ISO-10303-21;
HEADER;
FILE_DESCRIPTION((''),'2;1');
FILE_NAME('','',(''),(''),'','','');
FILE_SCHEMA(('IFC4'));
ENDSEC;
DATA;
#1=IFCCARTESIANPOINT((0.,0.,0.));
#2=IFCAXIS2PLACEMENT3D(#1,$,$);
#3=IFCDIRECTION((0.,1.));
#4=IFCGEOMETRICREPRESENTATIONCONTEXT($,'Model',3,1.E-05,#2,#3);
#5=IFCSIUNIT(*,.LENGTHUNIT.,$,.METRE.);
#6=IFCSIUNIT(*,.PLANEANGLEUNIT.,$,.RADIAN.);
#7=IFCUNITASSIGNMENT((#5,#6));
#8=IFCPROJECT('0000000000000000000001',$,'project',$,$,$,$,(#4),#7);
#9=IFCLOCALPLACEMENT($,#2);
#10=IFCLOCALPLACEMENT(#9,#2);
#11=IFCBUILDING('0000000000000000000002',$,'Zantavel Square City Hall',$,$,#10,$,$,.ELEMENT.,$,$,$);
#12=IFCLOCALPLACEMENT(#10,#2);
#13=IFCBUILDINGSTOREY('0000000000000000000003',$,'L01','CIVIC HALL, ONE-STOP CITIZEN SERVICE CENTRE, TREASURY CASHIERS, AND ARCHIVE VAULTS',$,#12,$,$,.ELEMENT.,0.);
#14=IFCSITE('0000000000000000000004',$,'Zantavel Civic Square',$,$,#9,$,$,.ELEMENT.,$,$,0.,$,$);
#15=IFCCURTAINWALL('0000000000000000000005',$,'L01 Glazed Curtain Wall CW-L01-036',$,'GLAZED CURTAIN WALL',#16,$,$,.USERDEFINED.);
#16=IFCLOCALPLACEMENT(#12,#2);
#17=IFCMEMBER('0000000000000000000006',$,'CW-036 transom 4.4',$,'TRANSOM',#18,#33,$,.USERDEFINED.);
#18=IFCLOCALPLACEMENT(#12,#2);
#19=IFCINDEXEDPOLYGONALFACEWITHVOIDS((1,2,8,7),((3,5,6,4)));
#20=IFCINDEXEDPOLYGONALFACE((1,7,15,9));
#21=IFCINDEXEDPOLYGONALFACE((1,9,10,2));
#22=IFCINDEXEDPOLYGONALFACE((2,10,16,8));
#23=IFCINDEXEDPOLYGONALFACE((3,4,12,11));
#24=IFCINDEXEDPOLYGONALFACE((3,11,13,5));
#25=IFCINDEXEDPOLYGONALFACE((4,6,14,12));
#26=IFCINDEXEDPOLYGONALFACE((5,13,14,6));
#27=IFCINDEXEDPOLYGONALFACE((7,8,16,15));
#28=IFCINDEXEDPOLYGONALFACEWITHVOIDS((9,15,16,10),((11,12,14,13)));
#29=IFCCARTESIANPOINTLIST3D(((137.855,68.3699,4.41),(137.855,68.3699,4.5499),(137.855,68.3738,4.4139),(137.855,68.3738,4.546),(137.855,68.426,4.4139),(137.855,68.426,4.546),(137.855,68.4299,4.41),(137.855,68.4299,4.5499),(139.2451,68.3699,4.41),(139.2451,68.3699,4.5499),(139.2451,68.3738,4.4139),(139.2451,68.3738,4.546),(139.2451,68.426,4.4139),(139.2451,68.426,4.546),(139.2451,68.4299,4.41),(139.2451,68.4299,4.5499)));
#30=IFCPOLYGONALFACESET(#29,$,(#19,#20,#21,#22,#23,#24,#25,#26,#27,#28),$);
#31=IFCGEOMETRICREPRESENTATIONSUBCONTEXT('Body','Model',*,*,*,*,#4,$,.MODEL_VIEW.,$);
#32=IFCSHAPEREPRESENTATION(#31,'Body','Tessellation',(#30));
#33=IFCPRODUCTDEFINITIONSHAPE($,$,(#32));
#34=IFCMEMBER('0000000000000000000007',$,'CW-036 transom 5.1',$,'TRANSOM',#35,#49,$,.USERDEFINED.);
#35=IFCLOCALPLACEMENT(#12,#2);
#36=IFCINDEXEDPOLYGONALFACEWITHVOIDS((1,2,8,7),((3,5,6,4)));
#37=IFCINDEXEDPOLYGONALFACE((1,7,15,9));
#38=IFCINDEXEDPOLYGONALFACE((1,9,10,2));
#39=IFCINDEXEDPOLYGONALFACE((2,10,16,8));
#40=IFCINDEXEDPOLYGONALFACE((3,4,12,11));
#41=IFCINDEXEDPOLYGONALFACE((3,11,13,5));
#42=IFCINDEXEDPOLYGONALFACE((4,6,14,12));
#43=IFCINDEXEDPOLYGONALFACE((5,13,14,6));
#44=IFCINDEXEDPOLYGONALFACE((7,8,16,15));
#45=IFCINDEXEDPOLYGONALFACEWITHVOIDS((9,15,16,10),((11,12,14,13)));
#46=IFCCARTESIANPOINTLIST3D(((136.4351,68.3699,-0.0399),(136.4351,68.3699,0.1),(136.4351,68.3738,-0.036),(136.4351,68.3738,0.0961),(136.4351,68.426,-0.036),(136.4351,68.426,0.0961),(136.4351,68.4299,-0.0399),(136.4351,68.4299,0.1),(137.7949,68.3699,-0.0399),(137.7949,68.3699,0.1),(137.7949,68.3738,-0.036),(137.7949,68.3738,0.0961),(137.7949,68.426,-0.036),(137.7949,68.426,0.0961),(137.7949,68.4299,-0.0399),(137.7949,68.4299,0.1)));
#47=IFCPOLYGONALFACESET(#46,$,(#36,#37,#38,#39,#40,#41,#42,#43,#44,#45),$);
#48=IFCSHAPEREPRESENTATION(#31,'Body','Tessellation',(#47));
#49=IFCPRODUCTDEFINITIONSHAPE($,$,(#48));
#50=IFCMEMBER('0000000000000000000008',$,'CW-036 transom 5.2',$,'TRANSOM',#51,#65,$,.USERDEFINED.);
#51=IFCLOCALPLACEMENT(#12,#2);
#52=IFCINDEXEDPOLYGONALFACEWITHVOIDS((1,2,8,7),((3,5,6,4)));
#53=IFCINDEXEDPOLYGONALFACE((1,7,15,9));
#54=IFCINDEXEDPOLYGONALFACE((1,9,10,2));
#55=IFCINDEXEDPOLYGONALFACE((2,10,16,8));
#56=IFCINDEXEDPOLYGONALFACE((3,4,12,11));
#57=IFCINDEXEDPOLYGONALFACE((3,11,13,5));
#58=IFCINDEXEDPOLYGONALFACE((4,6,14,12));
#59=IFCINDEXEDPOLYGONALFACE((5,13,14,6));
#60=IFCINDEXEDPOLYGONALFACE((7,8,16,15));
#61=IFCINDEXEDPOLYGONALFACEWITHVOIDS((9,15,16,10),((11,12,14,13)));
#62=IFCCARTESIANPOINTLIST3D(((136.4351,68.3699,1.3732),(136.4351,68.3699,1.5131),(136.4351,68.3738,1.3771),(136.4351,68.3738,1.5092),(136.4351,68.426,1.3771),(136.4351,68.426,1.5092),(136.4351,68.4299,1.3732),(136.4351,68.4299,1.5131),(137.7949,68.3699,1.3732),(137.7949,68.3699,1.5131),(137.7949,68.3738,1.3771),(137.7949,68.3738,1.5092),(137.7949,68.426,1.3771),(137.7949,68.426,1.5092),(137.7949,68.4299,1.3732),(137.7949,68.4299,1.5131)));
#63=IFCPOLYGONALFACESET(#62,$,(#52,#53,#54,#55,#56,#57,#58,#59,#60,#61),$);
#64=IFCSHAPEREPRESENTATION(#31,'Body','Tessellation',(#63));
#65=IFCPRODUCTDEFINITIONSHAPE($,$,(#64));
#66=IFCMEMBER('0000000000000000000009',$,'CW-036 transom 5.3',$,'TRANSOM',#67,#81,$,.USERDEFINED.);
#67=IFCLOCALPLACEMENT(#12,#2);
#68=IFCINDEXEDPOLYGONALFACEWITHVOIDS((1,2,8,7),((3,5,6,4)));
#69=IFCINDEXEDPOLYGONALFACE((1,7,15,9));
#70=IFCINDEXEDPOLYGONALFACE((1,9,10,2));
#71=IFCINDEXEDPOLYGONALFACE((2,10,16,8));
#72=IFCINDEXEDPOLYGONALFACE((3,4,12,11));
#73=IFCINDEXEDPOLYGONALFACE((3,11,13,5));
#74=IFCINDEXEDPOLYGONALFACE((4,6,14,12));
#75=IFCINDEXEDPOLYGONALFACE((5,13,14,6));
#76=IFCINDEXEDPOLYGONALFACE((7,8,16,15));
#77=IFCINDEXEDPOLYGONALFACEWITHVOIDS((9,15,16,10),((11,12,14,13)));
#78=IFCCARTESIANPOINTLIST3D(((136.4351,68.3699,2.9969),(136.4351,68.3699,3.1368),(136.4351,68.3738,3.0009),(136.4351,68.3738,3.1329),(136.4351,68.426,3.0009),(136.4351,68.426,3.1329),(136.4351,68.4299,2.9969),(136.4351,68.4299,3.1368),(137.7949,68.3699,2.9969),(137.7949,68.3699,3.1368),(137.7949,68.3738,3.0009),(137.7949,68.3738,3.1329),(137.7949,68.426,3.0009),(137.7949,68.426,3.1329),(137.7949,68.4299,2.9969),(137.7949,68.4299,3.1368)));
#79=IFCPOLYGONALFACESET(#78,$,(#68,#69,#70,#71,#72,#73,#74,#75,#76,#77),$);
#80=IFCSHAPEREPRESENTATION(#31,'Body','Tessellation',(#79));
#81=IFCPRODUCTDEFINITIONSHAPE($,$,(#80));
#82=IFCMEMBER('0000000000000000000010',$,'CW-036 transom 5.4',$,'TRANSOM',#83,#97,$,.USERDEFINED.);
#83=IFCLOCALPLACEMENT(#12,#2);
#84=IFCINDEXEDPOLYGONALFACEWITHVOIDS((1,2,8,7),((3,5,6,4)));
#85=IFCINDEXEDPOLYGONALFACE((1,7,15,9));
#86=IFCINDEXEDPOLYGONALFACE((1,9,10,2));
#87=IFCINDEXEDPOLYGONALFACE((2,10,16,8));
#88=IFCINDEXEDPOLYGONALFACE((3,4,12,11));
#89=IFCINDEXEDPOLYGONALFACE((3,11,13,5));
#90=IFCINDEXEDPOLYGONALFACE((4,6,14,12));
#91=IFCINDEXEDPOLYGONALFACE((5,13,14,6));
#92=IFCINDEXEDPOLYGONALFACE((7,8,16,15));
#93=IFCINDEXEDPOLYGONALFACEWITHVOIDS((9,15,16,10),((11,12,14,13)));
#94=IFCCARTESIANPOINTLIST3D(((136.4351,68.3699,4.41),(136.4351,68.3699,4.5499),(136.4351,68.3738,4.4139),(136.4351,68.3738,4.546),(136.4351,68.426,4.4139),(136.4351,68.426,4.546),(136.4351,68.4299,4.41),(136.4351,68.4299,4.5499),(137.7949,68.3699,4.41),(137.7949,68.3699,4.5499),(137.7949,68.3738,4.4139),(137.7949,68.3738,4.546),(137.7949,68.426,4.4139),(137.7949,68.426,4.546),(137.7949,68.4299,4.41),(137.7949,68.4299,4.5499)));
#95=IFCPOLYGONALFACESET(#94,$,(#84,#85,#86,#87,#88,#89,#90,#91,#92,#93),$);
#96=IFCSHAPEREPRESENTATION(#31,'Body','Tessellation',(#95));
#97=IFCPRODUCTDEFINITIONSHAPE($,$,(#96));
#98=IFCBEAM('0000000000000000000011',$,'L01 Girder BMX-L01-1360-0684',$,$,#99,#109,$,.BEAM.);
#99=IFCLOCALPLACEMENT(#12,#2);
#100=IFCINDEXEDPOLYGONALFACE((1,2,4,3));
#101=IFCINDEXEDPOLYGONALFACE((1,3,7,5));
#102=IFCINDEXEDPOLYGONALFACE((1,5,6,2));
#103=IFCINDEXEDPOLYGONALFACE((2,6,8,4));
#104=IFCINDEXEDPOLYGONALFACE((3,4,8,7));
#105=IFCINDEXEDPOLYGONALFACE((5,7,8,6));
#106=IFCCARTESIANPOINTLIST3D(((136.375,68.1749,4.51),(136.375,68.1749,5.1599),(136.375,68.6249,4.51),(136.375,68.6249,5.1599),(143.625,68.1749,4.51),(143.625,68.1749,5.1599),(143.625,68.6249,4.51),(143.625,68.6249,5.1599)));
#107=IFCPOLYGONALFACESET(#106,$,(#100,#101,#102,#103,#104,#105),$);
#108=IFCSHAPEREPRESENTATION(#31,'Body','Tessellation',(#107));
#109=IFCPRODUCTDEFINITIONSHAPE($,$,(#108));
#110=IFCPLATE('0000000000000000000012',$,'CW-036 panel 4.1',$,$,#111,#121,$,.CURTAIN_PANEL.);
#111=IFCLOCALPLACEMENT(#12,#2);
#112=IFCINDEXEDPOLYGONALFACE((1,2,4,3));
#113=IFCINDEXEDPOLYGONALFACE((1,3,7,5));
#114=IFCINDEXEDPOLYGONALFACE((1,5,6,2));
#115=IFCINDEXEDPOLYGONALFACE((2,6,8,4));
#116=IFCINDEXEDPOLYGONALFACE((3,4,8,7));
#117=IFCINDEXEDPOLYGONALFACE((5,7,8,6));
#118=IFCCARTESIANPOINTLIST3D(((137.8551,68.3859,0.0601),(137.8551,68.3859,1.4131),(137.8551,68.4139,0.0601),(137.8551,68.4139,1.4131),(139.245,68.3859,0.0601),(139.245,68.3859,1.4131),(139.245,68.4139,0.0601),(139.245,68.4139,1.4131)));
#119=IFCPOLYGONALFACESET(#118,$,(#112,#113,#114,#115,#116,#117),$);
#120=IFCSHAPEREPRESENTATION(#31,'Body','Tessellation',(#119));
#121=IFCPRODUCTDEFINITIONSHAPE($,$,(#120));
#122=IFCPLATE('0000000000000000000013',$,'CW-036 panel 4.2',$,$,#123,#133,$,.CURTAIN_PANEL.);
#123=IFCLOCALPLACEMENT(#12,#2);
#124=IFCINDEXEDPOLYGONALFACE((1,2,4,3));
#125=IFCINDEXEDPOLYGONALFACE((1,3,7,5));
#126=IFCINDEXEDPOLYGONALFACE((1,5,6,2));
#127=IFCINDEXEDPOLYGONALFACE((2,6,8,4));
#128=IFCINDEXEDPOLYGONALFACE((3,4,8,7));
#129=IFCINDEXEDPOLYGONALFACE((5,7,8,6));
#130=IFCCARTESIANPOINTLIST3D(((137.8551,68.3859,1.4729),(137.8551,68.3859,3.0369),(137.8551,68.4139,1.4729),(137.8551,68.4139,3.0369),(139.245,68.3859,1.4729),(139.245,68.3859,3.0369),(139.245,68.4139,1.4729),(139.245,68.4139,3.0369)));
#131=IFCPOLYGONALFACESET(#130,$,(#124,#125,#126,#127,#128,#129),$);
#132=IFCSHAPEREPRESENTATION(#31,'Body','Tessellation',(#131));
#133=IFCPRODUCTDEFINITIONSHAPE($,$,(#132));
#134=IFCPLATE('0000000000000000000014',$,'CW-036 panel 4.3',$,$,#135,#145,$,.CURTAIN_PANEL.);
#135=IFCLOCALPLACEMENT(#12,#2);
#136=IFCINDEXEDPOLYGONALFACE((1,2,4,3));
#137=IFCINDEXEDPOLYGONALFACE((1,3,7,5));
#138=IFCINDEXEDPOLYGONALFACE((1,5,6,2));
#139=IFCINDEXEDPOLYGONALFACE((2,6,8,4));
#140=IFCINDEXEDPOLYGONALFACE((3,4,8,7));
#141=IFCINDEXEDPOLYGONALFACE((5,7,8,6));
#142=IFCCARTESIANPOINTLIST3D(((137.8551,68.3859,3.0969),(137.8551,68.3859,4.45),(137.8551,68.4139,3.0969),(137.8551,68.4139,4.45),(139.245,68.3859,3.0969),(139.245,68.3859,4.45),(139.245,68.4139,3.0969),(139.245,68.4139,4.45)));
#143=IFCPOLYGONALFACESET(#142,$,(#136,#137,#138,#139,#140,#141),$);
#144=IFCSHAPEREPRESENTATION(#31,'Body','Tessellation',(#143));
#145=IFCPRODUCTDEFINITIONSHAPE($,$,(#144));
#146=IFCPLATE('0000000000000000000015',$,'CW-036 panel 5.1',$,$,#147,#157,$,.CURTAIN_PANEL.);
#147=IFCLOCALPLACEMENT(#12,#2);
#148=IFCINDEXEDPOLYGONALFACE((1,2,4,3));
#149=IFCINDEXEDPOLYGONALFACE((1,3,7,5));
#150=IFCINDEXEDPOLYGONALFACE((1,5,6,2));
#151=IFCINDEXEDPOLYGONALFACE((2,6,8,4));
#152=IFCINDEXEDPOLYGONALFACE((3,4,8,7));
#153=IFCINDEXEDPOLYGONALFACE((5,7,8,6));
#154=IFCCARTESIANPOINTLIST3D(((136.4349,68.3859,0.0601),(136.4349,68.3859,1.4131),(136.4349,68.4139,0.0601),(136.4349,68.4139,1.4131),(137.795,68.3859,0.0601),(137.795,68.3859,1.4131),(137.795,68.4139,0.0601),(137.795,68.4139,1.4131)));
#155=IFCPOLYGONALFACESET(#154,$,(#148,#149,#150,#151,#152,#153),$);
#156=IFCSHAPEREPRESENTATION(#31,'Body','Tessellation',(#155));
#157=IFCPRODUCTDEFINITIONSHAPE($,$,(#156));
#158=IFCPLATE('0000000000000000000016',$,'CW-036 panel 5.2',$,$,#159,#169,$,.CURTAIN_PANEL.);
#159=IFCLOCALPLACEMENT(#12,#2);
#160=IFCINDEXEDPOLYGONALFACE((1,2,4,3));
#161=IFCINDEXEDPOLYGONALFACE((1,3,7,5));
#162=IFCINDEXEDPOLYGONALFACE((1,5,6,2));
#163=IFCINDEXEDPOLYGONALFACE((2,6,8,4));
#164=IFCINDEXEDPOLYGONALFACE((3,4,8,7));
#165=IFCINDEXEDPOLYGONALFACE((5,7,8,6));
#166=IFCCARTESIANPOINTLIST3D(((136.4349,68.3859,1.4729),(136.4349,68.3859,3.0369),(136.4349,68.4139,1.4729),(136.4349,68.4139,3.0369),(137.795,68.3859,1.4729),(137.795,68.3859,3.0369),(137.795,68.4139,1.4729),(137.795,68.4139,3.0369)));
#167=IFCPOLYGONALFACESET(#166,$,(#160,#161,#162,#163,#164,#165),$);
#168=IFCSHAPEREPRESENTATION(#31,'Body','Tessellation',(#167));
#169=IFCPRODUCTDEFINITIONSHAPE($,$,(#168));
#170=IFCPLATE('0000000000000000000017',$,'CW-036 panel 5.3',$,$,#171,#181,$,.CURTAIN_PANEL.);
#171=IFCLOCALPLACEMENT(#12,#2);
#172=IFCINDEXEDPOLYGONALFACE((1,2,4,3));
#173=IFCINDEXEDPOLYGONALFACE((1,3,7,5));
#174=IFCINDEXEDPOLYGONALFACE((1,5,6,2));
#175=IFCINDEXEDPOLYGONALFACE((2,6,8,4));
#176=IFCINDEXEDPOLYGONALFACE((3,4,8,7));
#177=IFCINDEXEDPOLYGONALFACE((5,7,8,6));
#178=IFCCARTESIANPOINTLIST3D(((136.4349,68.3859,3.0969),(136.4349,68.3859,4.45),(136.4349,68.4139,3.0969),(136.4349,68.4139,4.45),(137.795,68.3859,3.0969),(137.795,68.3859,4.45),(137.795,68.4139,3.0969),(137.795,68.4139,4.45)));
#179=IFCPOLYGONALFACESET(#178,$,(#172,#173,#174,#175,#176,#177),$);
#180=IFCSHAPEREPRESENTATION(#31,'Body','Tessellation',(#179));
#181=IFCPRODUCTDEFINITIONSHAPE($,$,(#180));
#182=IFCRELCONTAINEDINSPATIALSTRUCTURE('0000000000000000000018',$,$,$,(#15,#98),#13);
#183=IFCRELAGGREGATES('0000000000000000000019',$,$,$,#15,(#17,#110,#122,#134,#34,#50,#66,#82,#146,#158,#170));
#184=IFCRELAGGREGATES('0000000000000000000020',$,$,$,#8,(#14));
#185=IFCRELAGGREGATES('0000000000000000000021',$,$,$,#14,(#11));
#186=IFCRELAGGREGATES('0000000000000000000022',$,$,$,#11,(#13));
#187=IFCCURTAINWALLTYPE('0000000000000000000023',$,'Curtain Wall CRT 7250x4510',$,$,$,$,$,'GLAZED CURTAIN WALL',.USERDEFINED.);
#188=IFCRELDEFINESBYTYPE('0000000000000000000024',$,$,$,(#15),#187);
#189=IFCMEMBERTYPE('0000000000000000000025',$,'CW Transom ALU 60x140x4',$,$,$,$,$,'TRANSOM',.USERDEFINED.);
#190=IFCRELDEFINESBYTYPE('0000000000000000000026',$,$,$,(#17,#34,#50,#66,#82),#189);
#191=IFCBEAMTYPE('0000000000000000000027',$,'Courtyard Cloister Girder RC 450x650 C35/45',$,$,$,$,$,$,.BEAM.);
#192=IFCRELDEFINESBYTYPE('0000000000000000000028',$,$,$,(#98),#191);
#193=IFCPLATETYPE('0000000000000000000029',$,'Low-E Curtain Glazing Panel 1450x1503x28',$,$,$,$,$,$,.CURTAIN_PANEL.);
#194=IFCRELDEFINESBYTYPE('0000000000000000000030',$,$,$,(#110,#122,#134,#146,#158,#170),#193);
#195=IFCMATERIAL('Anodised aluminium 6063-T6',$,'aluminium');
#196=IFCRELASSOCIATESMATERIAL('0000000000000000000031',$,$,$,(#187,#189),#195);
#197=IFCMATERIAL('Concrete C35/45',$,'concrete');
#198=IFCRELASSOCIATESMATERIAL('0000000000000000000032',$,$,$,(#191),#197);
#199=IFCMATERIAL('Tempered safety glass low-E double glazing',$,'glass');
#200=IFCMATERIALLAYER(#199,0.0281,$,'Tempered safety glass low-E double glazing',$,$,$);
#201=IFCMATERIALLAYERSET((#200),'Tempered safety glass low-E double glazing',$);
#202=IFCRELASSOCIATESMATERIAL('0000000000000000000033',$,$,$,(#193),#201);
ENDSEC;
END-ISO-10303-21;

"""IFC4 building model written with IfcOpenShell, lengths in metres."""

from ifc_helpers import new_model, si_unit, direction, frame, origin, origin_2d, place, context, subcontext, project, spatial, rectangle, hollow_rectangle, extrude, material, layer, layer_set, material_profile, profile_set, type_object, element, aggregate, save


model = new_model("IFC4")

# Units and contexts
model_context = context("Model", 3, precision=1e-05, world=origin(), true_north=direction((0.0, 1.0)))
body_context = subcontext(model_context, "Body", "Model", "MODEL_VIEW")
ifc_project = project(units=[si_unit("LENGTHUNIT", "METRE"), si_unit("PLANEANGLEUNIT", "RADIAN")], contexts=[model_context])

# Site, building, storey
site_placement = place(None, origin())
site = spatial("IfcSite", under=ifc_project, at=site_placement, Name="Zantavel Civic Square", CompositionType="ELEMENT", RefElevation=0.0)
building_placement = place(site_placement, origin())
building = spatial("IfcBuilding", under=site, at=building_placement, Name="Zantavel Square City Hall", CompositionType="ELEMENT")
storey_placement = place(building_placement, origin())
storey = spatial("IfcBuildingStorey", under=building, at=storey_placement, Name="L01", Description="CIVIC HALL, ONE-STOP CITIZEN SERVICE CENTRE, TREASURY CASHIERS, AND ARCHIVE VAULTS", CompositionType="ELEMENT", Elevation=0.0)

# Shared definitions
ifc_material_1 = material(Name="Anodised aluminium 6063-T6", Category="aluminium")
curtain_wall_type = type_object("IfcCurtainWallType", Name="Curtain Wall CRT 7250x4510", ElementType="GLAZED CURTAIN WALL", PredefinedType="USERDEFINED", material=ifc_material_1)

# Curtain wall, members
curtain_wall_1_placement = place(storey_placement, origin())
curtain_wall_1 = element("IfcCurtainWall", 1, at=curtain_wall_1_placement, inside=storey, type_object=curtain_wall_type, Name="L01 Glazed Curtain Wall CW-L01-036", ObjectType="GLAZED CURTAIN WALL", PredefinedType="USERDEFINED")
ifc_material_profile_1 = material_profile(ifc_material_1, hollow_rectangle(XDim=0.0601, YDim=0.1399, WallThickness=0.0039, at=origin_2d()), Name="ALU 60x140x4")
ifc_profile_set_1 = profile_set([ifc_material_profile_1], Name="Anodised aluminium 6063-T6")
member_type_1 = type_object("IfcMemberType", Name="CW Transom ALU 60x140x4", ElementType="TRANSOM", PredefinedType="USERDEFINED", material=ifc_profile_set_1)
member_1_placement = place(storey_placement, frame((139.2451, 68.3999, 4.48), z_axis=(-1.0, 0.0, 0.0), x_axis=(0.0, -1.0, 0.0)))
member_1 = element("IfcMember", 2, at=member_1_placement, type_object=member_type_1, Name="CW-036 transom 4.4", ObjectType="TRANSOM", PredefinedType="USERDEFINED", context=body_context, shape_type="SweptSolid", body=[
    extrude(hollow_rectangle(XDim=0.0601, YDim=0.1399, WallThickness=0.0039, at=origin_2d()), origin(), (0.0, 0.0, 1.0), 1.3901),
])
member_2_placement = place(storey_placement, frame((137.7949, 68.3999, 0.03), z_axis=(-1.0, 0.0, 0.0), x_axis=(0.0, -1.0, 0.0)))
member_2 = element("IfcMember", 3, at=member_2_placement, type_object=member_type_1, Name="CW-036 transom 5.1", ObjectType="TRANSOM", PredefinedType="USERDEFINED", context=body_context, shape_type="SweptSolid", body=[
    extrude(hollow_rectangle(XDim=0.0601, YDim=0.1399, WallThickness=0.0039, at=origin_2d()), origin(), (0.0, 0.0, 1.0), 1.3599),
])
member_3_placement = place(storey_placement, frame((137.7949, 68.3999, 1.4431), z_axis=(-1.0, 0.0, 0.0), x_axis=(0.0, -1.0, 0.0)))
member_3 = element("IfcMember", 4, at=member_3_placement, type_object=member_type_1, Name="CW-036 transom 5.2", ObjectType="TRANSOM", PredefinedType="USERDEFINED", context=body_context, shape_type="SweptSolid", body=[
    extrude(hollow_rectangle(XDim=0.0601, YDim=0.1399, WallThickness=0.0039, at=origin_2d()), origin(), (0.0, 0.0, 1.0), 1.3599),
])
member_4_placement = place(storey_placement, frame((137.7949, 68.3999, 3.0669), z_axis=(-1.0, 0.0, 0.0), x_axis=(0.0, -1.0, 0.0)))
member_4 = element("IfcMember", 5, at=member_4_placement, type_object=member_type_1, Name="CW-036 transom 5.3", ObjectType="TRANSOM", PredefinedType="USERDEFINED", context=body_context, shape_type="SweptSolid", body=[
    extrude(hollow_rectangle(XDim=0.0601, YDim=0.1399, WallThickness=0.0039, at=origin_2d()), origin(), (0.0, 0.0, 1.0), 1.3599),
])
member_5_placement = place(storey_placement, frame((137.7949, 68.3999, 4.48), z_axis=(-1.0, 0.0, 0.0), x_axis=(0.0, -1.0, 0.0)))
member_5 = element("IfcMember", 6, at=member_5_placement, type_object=member_type_1, Name="CW-036 transom 5.4", ObjectType="TRANSOM", PredefinedType="USERDEFINED", context=body_context, shape_type="SweptSolid", body=[
    extrude(hollow_rectangle(XDim=0.0601, YDim=0.1399, WallThickness=0.0039, at=origin_2d()), origin(), (0.0, 0.0, 1.0), 1.3599),
])

# Beam
ifc_material_2 = material(Name="Concrete C35/45", Category="concrete")
ifc_material_profile_2 = material_profile(ifc_material_2, rectangle(XDim=0.45, YDim=0.6499, at=origin_2d()), Name="RC 450x650")
ifc_profile_set_2 = profile_set([ifc_material_profile_2], Name="Concrete C35/45")
beam_type = type_object("IfcBeamType", Name="Courtyard Cloister Girder RC 450x650 C35/45", PredefinedType="BEAM", material=ifc_profile_set_2)
beam_placement = place(storey_placement, frame((136.375, 68.3999, 4.835), z_axis=(1.0, 0.0, 0.0), x_axis=(0.0, 1.0, 0.0)))
element("IfcBeam", 7, at=beam_placement, inside=storey, type_object=beam_type, Name="L01 Girder BMX-L01-1360-0684", PredefinedType="BEAM", context=body_context, shape_type="SweptSolid", body=[
    extrude(rectangle(XDim=0.45, YDim=0.6499, at=origin_2d()), origin(), (0.0, 0.0, 1.0), 7.25),
])

# Plates
ifc_material_3 = material(Name="Tempered safety glass low-E double glazing", Category="glass")
ifc_layer = layer(ifc_material_3, 0.0281, Name="Tempered safety glass low-E double glazing")
ifc_layer_set = layer_set([ifc_layer], Name="Tempered safety glass low-E double glazing")
plate_type = type_object("IfcPlateType", Name="Low-E Curtain Glazing Panel 1450x1503x28", PredefinedType="CURTAIN_PANEL", material=ifc_layer_set)
plate_1_placement = place(storey_placement, frame((138.55, 68.3999, 0.0601), z_axis=(0.0, 0.0, 1.0), x_axis=(-1.0, 0.0, 0.0)))
plate_1 = element("IfcPlate", 8, at=plate_1_placement, type_object=plate_type, Name="CW-036 panel 4.1", PredefinedType="CURTAIN_PANEL", context=body_context, shape_type="SweptSolid", body=[
    extrude(rectangle(XDim=1.3899, YDim=0.0281, at=origin_2d()), origin(), (0.0, 0.0, 1.0), 1.353),
])
plate_2_placement = place(storey_placement, frame((138.55, 68.3999, 1.4729), z_axis=(0.0, 0.0, 1.0), x_axis=(-1.0, 0.0, 0.0)))
plate_2 = element("IfcPlate", 9, at=plate_2_placement, type_object=plate_type, Name="CW-036 panel 4.2", PredefinedType="CURTAIN_PANEL", context=body_context, shape_type="SweptSolid", body=[
    extrude(rectangle(XDim=1.3899, YDim=0.0281, at=origin_2d()), origin(), (0.0, 0.0, 1.0), 1.564),
])
plate_3_placement = place(storey_placement, frame((138.55, 68.3999, 3.0969), z_axis=(0.0, 0.0, 1.0), x_axis=(-1.0, 0.0, 0.0)))
plate_3 = element("IfcPlate", 10, at=plate_3_placement, type_object=plate_type, Name="CW-036 panel 4.3", PredefinedType="CURTAIN_PANEL", context=body_context, shape_type="SweptSolid", body=[
    extrude(rectangle(XDim=1.3899, YDim=0.0281, at=origin_2d()), origin(), (0.0, 0.0, 1.0), 1.353),
])
plate_4_placement = place(storey_placement, frame((137.115, 68.3999, 0.0601), z_axis=(0.0, 0.0, 1.0), x_axis=(-1.0, 0.0, 0.0)))
plate_4 = element("IfcPlate", 11, at=plate_4_placement, type_object=plate_type, Name="CW-036 panel 5.1", PredefinedType="CURTAIN_PANEL", context=body_context, shape_type="SweptSolid", body=[
    extrude(rectangle(XDim=1.3601, YDim=0.0281, at=origin_2d()), origin(), (0.0, 0.0, 1.0), 1.353),
])
plate_5_placement = place(storey_placement, frame((137.115, 68.3999, 1.4729), z_axis=(0.0, 0.0, 1.0), x_axis=(-1.0, 0.0, 0.0)))
plate_5 = element("IfcPlate", 12, at=plate_5_placement, type_object=plate_type, Name="CW-036 panel 5.2", PredefinedType="CURTAIN_PANEL", context=body_context, shape_type="SweptSolid", body=[
    extrude(rectangle(XDim=1.3601, YDim=0.0281, at=origin_2d()), origin(), (0.0, 0.0, 1.0), 1.564),
])
plate_6_placement = place(storey_placement, frame((137.115, 68.3999, 3.0969), z_axis=(0.0, 0.0, 1.0), x_axis=(-1.0, 0.0, 0.0)))
plate_6 = element("IfcPlate", 13, at=plate_6_placement, type_object=plate_type, Name="CW-036 panel 5.3", PredefinedType="CURTAIN_PANEL", context=body_context, shape_type="SweptSolid", body=[
    extrude(rectangle(XDim=1.3601, YDim=0.0281, at=origin_2d()), origin(), (0.0, 0.0, 1.0), 1.353),
])
aggregate(curtain_wall_1, [member_1, plate_1, plate_2, plate_3, member_2, member_3, member_4, member_5, plate_4, plate_5, plate_6])

save(model, "model.ifc")
